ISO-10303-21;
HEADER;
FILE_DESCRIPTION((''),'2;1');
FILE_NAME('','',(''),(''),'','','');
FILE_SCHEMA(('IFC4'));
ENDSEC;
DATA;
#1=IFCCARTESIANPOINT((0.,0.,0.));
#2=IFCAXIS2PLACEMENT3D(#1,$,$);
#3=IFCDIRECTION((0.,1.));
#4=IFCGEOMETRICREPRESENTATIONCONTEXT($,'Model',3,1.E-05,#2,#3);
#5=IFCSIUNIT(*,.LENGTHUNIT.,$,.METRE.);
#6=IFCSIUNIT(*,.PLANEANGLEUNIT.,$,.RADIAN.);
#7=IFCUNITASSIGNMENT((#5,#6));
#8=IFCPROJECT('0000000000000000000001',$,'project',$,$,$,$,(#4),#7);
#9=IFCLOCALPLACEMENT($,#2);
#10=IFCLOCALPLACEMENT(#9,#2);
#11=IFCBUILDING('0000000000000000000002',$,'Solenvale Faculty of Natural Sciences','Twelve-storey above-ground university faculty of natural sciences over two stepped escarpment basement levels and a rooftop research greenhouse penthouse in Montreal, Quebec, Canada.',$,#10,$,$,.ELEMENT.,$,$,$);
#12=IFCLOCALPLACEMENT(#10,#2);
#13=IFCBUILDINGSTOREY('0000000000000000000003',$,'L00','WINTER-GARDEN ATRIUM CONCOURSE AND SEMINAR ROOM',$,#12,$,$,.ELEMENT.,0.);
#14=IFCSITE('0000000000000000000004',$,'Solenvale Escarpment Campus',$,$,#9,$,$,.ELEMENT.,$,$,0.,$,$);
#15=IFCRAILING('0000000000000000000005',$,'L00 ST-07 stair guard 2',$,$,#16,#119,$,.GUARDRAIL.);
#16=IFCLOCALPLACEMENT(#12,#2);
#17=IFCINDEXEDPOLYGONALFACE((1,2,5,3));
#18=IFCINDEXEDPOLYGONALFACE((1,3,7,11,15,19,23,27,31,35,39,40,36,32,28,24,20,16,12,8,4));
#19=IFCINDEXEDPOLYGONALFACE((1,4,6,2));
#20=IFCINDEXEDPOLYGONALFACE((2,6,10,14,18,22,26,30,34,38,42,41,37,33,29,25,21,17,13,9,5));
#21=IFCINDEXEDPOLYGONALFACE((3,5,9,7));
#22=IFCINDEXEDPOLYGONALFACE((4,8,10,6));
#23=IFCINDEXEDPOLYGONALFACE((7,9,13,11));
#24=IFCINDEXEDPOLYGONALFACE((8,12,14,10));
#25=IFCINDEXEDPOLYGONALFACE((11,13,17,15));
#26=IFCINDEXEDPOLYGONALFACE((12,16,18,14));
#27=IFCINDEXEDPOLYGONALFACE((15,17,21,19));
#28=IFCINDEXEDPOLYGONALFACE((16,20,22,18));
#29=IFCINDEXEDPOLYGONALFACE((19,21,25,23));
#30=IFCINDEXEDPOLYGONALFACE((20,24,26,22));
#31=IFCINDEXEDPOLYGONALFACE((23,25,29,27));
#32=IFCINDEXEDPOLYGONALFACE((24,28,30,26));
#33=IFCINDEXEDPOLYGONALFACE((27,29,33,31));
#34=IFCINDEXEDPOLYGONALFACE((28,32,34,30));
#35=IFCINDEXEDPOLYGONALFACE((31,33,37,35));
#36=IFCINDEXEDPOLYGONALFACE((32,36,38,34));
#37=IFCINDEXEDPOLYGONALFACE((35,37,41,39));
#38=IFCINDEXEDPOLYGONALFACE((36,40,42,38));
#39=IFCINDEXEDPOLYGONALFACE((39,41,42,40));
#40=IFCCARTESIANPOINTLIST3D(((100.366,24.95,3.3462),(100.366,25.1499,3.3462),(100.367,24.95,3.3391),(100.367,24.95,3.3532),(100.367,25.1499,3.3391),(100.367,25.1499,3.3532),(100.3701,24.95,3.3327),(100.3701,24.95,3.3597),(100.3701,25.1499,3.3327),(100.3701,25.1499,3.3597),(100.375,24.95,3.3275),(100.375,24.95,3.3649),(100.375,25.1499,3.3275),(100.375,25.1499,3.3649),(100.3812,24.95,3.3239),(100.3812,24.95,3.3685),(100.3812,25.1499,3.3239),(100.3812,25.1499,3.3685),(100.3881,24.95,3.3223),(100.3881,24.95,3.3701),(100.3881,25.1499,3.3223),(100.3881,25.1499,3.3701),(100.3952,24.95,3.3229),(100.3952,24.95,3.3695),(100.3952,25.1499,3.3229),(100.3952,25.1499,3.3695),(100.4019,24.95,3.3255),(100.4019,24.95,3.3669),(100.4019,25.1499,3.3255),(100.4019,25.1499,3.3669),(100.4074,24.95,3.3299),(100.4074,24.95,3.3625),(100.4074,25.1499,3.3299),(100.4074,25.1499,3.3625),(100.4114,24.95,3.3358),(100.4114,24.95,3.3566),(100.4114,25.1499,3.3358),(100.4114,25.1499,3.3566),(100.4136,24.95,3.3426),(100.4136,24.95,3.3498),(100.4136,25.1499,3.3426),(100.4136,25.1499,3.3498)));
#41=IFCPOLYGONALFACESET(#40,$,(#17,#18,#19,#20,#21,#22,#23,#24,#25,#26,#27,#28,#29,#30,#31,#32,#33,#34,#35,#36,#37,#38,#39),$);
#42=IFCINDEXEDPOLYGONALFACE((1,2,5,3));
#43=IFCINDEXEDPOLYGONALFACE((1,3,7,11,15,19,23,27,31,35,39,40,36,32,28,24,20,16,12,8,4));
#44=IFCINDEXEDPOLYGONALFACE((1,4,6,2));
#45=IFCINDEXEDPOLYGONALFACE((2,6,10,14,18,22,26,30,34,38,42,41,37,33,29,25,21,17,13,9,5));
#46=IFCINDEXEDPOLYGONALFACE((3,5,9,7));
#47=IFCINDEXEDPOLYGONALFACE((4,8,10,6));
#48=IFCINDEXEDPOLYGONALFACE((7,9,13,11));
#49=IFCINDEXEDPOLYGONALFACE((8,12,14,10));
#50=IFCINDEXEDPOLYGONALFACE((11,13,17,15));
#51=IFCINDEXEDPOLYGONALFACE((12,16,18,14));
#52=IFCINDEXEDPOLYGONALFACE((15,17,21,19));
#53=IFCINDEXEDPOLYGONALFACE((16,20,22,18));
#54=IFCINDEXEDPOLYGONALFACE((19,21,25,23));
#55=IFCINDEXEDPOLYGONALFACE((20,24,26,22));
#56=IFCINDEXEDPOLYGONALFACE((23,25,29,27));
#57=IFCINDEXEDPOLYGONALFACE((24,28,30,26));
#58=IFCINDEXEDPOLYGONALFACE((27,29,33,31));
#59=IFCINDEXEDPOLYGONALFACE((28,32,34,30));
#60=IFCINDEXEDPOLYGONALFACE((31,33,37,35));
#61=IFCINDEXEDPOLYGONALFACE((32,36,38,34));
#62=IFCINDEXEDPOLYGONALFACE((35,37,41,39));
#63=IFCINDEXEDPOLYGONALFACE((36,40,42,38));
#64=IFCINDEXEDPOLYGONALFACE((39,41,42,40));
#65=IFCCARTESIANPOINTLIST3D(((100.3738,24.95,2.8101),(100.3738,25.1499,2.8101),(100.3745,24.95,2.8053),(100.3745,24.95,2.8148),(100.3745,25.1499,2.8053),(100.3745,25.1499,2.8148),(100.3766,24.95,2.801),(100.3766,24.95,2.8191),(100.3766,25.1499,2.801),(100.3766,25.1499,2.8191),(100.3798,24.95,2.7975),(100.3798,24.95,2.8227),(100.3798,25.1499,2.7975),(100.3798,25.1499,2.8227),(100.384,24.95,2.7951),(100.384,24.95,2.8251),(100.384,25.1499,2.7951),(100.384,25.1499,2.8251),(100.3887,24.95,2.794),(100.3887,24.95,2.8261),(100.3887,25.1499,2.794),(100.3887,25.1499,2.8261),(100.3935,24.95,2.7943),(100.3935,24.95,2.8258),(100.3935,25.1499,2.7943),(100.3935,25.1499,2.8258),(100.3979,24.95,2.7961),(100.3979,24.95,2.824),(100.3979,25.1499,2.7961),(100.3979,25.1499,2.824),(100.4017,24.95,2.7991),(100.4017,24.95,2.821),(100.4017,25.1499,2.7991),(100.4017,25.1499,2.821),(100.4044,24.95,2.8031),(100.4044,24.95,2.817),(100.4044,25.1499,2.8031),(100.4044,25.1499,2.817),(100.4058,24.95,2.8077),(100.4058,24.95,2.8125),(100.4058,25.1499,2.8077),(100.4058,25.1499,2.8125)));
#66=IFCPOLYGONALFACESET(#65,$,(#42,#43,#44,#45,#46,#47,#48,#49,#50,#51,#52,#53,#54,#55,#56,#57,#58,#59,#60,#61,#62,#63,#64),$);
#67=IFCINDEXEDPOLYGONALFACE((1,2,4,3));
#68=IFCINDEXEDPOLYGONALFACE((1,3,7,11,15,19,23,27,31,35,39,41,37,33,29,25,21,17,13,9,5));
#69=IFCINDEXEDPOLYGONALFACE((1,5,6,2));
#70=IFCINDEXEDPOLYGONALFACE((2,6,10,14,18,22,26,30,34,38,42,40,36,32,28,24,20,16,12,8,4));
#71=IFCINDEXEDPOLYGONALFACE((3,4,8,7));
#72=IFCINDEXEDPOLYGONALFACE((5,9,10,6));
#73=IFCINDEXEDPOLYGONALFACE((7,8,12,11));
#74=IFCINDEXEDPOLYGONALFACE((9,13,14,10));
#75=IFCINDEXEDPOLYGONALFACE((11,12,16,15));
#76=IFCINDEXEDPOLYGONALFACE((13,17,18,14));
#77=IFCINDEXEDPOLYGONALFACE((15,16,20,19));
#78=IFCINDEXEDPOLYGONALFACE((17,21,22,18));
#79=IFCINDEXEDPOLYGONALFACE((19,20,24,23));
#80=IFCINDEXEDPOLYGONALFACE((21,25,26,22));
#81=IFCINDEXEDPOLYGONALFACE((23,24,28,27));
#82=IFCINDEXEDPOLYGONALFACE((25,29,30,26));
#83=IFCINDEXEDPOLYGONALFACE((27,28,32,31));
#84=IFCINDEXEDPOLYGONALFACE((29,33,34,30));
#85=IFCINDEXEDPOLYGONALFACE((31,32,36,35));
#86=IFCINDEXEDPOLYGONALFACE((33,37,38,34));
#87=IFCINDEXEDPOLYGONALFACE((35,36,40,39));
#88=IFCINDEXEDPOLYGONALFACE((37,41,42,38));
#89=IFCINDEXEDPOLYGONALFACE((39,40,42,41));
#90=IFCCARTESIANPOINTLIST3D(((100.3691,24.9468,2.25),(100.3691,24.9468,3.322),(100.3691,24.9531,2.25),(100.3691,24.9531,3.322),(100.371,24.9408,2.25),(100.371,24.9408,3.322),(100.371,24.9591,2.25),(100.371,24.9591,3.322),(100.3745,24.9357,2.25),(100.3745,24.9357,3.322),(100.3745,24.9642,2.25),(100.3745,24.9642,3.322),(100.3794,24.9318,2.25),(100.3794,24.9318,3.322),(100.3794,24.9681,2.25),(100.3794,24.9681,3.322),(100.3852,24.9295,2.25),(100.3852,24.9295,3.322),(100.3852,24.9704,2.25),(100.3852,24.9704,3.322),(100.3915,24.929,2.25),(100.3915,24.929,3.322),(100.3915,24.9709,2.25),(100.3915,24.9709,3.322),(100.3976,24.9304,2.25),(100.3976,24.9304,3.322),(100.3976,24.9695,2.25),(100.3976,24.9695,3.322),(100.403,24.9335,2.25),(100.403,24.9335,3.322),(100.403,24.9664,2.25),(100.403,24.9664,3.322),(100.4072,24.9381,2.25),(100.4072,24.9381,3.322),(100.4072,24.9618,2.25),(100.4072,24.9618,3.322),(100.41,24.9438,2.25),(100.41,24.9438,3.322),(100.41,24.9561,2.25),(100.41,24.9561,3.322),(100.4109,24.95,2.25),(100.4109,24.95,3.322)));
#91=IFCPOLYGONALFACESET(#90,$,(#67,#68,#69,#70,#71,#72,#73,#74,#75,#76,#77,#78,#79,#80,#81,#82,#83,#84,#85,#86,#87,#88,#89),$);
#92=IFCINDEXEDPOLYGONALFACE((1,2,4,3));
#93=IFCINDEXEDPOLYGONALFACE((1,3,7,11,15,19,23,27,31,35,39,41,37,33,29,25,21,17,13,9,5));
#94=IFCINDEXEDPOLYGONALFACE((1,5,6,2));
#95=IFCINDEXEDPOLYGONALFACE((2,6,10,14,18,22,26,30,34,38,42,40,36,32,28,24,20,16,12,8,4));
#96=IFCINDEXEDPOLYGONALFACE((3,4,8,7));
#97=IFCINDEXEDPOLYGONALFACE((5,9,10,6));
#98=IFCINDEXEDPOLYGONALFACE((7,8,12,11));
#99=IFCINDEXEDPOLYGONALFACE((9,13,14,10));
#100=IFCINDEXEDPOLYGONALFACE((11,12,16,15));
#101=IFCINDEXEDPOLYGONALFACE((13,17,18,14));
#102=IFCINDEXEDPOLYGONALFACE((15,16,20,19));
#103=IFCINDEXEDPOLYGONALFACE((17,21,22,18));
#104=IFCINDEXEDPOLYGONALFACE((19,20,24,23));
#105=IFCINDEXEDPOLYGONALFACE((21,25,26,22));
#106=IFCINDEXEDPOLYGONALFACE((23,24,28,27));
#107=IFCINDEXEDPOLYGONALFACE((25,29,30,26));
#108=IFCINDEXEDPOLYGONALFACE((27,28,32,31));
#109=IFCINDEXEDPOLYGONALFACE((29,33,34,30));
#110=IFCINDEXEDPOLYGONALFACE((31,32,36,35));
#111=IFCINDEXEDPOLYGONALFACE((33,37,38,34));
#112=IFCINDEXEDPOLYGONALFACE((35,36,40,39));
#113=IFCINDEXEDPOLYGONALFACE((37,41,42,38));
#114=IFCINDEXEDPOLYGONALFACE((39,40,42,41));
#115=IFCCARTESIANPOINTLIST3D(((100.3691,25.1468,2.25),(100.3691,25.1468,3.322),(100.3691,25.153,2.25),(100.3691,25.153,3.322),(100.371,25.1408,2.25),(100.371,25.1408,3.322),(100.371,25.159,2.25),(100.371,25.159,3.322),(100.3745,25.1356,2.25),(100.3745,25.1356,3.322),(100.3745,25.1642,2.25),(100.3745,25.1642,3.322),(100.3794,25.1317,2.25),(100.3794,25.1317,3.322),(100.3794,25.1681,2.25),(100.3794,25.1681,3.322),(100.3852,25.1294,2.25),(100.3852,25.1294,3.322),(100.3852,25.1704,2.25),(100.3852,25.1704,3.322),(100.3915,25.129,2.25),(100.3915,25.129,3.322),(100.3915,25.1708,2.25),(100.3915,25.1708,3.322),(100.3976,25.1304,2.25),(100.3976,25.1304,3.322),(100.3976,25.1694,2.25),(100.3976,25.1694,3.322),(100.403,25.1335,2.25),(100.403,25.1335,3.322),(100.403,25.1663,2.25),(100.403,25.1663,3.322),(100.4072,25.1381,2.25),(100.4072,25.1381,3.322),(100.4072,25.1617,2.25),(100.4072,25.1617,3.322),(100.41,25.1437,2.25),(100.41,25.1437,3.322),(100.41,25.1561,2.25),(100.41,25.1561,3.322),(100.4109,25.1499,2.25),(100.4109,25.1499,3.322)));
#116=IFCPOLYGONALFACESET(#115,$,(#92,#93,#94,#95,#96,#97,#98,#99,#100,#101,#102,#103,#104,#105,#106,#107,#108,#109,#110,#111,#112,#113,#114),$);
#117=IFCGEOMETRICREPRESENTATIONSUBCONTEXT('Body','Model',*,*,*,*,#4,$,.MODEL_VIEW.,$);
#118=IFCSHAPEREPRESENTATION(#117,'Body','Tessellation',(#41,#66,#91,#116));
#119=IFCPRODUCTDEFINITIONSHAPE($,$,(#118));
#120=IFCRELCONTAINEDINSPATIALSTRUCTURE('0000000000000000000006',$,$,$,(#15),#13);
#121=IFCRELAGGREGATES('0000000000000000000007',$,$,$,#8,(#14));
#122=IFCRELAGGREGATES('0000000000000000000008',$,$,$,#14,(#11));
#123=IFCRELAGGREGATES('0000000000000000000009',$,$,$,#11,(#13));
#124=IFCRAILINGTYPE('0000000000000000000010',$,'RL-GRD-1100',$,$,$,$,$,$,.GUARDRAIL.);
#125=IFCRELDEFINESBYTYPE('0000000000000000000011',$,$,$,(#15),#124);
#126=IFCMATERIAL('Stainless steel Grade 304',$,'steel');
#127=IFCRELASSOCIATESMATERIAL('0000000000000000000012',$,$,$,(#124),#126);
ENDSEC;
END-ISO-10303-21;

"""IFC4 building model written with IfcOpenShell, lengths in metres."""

from ifc_helpers import new_model, si_unit, direction, frame, origin, origin_2d, place, context, subcontext, project, spatial, circle, extrude, material, type_object, element, save


model = new_model("IFC4")

# Units and contexts
model_context = context("Model", 3, precision=1e-05, world=origin(), true_north=direction((0.0, 1.0)))
body_context = subcontext(model_context, "Body", "Model", "MODEL_VIEW")
ifc_project = project(units=[si_unit("LENGTHUNIT", "METRE"), si_unit("PLANEANGLEUNIT", "RADIAN")], contexts=[model_context])

# Site, building, storey
site_placement = place(None, origin())
site = spatial("IfcSite", under=ifc_project, at=site_placement, Name="Solenvale Escarpment Campus", CompositionType="ELEMENT", RefElevation=0.0)
building_placement = place(site_placement, origin())
building = spatial("IfcBuilding", under=site, at=building_placement, Name="Solenvale Faculty of Natural Sciences", Description="Twelve-storey above-ground university faculty of natural sciences over two stepped escarpment basement levels and a rooftop research greenhouse penthouse in Montreal, Quebec, Canada.", CompositionType="ELEMENT")
storey_placement = place(building_placement, origin())
storey = spatial("IfcBuildingStorey", under=building, at=storey_placement, Name="L00", Description="WINTER-GARDEN ATRIUM CONCOURSE AND SEMINAR ROOM", CompositionType="ELEMENT", Elevation=0.0)

# Railing
ifc_material_1 = material(Name="Stainless steel Grade 304", Category="steel")
railing_type_1 = type_object("IfcRailingType", Name="RL-GRD-1100", PredefinedType="GUARDRAIL", material=ifc_material_1)
railing_1_placement = place(storey_placement, frame((100.3899, 24.95, 2.25)))
element("IfcRailing", 1, at=railing_1_placement, inside=storey, type_object=railing_type_1, Name="L00 ST-07 stair guard 2", PredefinedType="GUARDRAIL", context=body_context, shape_type="SweptSolid", body=[
    extrude(circle(Radius=0.0239, at=origin_2d()), frame((0.0, 0.0, 1.0962), z_axis=(0.0, 1.0, 0.0), x_axis=(-1.0, 0.0, 0.0)), (0.0, 0.0, 1.0), 0.2),
    extrude(circle(Radius=0.0161, at=origin_2d()), frame((0.0, 0.0, 0.5601), z_axis=(0.0, 1.0, 0.0), x_axis=(-1.0, 0.0, 0.0)), (0.0, 0.0, 1.0), 0.2),
    extrude(circle(Radius=0.021, at=origin_2d()), origin(), (0.0, 0.0, 1.0), 1.072),
    extrude(circle(Radius=0.021, at=origin_2d()), frame((0.0, 0.2, 0.0)), (0.0, 0.0, 1.0), 1.072),
])

save(model, "model.ifc")
